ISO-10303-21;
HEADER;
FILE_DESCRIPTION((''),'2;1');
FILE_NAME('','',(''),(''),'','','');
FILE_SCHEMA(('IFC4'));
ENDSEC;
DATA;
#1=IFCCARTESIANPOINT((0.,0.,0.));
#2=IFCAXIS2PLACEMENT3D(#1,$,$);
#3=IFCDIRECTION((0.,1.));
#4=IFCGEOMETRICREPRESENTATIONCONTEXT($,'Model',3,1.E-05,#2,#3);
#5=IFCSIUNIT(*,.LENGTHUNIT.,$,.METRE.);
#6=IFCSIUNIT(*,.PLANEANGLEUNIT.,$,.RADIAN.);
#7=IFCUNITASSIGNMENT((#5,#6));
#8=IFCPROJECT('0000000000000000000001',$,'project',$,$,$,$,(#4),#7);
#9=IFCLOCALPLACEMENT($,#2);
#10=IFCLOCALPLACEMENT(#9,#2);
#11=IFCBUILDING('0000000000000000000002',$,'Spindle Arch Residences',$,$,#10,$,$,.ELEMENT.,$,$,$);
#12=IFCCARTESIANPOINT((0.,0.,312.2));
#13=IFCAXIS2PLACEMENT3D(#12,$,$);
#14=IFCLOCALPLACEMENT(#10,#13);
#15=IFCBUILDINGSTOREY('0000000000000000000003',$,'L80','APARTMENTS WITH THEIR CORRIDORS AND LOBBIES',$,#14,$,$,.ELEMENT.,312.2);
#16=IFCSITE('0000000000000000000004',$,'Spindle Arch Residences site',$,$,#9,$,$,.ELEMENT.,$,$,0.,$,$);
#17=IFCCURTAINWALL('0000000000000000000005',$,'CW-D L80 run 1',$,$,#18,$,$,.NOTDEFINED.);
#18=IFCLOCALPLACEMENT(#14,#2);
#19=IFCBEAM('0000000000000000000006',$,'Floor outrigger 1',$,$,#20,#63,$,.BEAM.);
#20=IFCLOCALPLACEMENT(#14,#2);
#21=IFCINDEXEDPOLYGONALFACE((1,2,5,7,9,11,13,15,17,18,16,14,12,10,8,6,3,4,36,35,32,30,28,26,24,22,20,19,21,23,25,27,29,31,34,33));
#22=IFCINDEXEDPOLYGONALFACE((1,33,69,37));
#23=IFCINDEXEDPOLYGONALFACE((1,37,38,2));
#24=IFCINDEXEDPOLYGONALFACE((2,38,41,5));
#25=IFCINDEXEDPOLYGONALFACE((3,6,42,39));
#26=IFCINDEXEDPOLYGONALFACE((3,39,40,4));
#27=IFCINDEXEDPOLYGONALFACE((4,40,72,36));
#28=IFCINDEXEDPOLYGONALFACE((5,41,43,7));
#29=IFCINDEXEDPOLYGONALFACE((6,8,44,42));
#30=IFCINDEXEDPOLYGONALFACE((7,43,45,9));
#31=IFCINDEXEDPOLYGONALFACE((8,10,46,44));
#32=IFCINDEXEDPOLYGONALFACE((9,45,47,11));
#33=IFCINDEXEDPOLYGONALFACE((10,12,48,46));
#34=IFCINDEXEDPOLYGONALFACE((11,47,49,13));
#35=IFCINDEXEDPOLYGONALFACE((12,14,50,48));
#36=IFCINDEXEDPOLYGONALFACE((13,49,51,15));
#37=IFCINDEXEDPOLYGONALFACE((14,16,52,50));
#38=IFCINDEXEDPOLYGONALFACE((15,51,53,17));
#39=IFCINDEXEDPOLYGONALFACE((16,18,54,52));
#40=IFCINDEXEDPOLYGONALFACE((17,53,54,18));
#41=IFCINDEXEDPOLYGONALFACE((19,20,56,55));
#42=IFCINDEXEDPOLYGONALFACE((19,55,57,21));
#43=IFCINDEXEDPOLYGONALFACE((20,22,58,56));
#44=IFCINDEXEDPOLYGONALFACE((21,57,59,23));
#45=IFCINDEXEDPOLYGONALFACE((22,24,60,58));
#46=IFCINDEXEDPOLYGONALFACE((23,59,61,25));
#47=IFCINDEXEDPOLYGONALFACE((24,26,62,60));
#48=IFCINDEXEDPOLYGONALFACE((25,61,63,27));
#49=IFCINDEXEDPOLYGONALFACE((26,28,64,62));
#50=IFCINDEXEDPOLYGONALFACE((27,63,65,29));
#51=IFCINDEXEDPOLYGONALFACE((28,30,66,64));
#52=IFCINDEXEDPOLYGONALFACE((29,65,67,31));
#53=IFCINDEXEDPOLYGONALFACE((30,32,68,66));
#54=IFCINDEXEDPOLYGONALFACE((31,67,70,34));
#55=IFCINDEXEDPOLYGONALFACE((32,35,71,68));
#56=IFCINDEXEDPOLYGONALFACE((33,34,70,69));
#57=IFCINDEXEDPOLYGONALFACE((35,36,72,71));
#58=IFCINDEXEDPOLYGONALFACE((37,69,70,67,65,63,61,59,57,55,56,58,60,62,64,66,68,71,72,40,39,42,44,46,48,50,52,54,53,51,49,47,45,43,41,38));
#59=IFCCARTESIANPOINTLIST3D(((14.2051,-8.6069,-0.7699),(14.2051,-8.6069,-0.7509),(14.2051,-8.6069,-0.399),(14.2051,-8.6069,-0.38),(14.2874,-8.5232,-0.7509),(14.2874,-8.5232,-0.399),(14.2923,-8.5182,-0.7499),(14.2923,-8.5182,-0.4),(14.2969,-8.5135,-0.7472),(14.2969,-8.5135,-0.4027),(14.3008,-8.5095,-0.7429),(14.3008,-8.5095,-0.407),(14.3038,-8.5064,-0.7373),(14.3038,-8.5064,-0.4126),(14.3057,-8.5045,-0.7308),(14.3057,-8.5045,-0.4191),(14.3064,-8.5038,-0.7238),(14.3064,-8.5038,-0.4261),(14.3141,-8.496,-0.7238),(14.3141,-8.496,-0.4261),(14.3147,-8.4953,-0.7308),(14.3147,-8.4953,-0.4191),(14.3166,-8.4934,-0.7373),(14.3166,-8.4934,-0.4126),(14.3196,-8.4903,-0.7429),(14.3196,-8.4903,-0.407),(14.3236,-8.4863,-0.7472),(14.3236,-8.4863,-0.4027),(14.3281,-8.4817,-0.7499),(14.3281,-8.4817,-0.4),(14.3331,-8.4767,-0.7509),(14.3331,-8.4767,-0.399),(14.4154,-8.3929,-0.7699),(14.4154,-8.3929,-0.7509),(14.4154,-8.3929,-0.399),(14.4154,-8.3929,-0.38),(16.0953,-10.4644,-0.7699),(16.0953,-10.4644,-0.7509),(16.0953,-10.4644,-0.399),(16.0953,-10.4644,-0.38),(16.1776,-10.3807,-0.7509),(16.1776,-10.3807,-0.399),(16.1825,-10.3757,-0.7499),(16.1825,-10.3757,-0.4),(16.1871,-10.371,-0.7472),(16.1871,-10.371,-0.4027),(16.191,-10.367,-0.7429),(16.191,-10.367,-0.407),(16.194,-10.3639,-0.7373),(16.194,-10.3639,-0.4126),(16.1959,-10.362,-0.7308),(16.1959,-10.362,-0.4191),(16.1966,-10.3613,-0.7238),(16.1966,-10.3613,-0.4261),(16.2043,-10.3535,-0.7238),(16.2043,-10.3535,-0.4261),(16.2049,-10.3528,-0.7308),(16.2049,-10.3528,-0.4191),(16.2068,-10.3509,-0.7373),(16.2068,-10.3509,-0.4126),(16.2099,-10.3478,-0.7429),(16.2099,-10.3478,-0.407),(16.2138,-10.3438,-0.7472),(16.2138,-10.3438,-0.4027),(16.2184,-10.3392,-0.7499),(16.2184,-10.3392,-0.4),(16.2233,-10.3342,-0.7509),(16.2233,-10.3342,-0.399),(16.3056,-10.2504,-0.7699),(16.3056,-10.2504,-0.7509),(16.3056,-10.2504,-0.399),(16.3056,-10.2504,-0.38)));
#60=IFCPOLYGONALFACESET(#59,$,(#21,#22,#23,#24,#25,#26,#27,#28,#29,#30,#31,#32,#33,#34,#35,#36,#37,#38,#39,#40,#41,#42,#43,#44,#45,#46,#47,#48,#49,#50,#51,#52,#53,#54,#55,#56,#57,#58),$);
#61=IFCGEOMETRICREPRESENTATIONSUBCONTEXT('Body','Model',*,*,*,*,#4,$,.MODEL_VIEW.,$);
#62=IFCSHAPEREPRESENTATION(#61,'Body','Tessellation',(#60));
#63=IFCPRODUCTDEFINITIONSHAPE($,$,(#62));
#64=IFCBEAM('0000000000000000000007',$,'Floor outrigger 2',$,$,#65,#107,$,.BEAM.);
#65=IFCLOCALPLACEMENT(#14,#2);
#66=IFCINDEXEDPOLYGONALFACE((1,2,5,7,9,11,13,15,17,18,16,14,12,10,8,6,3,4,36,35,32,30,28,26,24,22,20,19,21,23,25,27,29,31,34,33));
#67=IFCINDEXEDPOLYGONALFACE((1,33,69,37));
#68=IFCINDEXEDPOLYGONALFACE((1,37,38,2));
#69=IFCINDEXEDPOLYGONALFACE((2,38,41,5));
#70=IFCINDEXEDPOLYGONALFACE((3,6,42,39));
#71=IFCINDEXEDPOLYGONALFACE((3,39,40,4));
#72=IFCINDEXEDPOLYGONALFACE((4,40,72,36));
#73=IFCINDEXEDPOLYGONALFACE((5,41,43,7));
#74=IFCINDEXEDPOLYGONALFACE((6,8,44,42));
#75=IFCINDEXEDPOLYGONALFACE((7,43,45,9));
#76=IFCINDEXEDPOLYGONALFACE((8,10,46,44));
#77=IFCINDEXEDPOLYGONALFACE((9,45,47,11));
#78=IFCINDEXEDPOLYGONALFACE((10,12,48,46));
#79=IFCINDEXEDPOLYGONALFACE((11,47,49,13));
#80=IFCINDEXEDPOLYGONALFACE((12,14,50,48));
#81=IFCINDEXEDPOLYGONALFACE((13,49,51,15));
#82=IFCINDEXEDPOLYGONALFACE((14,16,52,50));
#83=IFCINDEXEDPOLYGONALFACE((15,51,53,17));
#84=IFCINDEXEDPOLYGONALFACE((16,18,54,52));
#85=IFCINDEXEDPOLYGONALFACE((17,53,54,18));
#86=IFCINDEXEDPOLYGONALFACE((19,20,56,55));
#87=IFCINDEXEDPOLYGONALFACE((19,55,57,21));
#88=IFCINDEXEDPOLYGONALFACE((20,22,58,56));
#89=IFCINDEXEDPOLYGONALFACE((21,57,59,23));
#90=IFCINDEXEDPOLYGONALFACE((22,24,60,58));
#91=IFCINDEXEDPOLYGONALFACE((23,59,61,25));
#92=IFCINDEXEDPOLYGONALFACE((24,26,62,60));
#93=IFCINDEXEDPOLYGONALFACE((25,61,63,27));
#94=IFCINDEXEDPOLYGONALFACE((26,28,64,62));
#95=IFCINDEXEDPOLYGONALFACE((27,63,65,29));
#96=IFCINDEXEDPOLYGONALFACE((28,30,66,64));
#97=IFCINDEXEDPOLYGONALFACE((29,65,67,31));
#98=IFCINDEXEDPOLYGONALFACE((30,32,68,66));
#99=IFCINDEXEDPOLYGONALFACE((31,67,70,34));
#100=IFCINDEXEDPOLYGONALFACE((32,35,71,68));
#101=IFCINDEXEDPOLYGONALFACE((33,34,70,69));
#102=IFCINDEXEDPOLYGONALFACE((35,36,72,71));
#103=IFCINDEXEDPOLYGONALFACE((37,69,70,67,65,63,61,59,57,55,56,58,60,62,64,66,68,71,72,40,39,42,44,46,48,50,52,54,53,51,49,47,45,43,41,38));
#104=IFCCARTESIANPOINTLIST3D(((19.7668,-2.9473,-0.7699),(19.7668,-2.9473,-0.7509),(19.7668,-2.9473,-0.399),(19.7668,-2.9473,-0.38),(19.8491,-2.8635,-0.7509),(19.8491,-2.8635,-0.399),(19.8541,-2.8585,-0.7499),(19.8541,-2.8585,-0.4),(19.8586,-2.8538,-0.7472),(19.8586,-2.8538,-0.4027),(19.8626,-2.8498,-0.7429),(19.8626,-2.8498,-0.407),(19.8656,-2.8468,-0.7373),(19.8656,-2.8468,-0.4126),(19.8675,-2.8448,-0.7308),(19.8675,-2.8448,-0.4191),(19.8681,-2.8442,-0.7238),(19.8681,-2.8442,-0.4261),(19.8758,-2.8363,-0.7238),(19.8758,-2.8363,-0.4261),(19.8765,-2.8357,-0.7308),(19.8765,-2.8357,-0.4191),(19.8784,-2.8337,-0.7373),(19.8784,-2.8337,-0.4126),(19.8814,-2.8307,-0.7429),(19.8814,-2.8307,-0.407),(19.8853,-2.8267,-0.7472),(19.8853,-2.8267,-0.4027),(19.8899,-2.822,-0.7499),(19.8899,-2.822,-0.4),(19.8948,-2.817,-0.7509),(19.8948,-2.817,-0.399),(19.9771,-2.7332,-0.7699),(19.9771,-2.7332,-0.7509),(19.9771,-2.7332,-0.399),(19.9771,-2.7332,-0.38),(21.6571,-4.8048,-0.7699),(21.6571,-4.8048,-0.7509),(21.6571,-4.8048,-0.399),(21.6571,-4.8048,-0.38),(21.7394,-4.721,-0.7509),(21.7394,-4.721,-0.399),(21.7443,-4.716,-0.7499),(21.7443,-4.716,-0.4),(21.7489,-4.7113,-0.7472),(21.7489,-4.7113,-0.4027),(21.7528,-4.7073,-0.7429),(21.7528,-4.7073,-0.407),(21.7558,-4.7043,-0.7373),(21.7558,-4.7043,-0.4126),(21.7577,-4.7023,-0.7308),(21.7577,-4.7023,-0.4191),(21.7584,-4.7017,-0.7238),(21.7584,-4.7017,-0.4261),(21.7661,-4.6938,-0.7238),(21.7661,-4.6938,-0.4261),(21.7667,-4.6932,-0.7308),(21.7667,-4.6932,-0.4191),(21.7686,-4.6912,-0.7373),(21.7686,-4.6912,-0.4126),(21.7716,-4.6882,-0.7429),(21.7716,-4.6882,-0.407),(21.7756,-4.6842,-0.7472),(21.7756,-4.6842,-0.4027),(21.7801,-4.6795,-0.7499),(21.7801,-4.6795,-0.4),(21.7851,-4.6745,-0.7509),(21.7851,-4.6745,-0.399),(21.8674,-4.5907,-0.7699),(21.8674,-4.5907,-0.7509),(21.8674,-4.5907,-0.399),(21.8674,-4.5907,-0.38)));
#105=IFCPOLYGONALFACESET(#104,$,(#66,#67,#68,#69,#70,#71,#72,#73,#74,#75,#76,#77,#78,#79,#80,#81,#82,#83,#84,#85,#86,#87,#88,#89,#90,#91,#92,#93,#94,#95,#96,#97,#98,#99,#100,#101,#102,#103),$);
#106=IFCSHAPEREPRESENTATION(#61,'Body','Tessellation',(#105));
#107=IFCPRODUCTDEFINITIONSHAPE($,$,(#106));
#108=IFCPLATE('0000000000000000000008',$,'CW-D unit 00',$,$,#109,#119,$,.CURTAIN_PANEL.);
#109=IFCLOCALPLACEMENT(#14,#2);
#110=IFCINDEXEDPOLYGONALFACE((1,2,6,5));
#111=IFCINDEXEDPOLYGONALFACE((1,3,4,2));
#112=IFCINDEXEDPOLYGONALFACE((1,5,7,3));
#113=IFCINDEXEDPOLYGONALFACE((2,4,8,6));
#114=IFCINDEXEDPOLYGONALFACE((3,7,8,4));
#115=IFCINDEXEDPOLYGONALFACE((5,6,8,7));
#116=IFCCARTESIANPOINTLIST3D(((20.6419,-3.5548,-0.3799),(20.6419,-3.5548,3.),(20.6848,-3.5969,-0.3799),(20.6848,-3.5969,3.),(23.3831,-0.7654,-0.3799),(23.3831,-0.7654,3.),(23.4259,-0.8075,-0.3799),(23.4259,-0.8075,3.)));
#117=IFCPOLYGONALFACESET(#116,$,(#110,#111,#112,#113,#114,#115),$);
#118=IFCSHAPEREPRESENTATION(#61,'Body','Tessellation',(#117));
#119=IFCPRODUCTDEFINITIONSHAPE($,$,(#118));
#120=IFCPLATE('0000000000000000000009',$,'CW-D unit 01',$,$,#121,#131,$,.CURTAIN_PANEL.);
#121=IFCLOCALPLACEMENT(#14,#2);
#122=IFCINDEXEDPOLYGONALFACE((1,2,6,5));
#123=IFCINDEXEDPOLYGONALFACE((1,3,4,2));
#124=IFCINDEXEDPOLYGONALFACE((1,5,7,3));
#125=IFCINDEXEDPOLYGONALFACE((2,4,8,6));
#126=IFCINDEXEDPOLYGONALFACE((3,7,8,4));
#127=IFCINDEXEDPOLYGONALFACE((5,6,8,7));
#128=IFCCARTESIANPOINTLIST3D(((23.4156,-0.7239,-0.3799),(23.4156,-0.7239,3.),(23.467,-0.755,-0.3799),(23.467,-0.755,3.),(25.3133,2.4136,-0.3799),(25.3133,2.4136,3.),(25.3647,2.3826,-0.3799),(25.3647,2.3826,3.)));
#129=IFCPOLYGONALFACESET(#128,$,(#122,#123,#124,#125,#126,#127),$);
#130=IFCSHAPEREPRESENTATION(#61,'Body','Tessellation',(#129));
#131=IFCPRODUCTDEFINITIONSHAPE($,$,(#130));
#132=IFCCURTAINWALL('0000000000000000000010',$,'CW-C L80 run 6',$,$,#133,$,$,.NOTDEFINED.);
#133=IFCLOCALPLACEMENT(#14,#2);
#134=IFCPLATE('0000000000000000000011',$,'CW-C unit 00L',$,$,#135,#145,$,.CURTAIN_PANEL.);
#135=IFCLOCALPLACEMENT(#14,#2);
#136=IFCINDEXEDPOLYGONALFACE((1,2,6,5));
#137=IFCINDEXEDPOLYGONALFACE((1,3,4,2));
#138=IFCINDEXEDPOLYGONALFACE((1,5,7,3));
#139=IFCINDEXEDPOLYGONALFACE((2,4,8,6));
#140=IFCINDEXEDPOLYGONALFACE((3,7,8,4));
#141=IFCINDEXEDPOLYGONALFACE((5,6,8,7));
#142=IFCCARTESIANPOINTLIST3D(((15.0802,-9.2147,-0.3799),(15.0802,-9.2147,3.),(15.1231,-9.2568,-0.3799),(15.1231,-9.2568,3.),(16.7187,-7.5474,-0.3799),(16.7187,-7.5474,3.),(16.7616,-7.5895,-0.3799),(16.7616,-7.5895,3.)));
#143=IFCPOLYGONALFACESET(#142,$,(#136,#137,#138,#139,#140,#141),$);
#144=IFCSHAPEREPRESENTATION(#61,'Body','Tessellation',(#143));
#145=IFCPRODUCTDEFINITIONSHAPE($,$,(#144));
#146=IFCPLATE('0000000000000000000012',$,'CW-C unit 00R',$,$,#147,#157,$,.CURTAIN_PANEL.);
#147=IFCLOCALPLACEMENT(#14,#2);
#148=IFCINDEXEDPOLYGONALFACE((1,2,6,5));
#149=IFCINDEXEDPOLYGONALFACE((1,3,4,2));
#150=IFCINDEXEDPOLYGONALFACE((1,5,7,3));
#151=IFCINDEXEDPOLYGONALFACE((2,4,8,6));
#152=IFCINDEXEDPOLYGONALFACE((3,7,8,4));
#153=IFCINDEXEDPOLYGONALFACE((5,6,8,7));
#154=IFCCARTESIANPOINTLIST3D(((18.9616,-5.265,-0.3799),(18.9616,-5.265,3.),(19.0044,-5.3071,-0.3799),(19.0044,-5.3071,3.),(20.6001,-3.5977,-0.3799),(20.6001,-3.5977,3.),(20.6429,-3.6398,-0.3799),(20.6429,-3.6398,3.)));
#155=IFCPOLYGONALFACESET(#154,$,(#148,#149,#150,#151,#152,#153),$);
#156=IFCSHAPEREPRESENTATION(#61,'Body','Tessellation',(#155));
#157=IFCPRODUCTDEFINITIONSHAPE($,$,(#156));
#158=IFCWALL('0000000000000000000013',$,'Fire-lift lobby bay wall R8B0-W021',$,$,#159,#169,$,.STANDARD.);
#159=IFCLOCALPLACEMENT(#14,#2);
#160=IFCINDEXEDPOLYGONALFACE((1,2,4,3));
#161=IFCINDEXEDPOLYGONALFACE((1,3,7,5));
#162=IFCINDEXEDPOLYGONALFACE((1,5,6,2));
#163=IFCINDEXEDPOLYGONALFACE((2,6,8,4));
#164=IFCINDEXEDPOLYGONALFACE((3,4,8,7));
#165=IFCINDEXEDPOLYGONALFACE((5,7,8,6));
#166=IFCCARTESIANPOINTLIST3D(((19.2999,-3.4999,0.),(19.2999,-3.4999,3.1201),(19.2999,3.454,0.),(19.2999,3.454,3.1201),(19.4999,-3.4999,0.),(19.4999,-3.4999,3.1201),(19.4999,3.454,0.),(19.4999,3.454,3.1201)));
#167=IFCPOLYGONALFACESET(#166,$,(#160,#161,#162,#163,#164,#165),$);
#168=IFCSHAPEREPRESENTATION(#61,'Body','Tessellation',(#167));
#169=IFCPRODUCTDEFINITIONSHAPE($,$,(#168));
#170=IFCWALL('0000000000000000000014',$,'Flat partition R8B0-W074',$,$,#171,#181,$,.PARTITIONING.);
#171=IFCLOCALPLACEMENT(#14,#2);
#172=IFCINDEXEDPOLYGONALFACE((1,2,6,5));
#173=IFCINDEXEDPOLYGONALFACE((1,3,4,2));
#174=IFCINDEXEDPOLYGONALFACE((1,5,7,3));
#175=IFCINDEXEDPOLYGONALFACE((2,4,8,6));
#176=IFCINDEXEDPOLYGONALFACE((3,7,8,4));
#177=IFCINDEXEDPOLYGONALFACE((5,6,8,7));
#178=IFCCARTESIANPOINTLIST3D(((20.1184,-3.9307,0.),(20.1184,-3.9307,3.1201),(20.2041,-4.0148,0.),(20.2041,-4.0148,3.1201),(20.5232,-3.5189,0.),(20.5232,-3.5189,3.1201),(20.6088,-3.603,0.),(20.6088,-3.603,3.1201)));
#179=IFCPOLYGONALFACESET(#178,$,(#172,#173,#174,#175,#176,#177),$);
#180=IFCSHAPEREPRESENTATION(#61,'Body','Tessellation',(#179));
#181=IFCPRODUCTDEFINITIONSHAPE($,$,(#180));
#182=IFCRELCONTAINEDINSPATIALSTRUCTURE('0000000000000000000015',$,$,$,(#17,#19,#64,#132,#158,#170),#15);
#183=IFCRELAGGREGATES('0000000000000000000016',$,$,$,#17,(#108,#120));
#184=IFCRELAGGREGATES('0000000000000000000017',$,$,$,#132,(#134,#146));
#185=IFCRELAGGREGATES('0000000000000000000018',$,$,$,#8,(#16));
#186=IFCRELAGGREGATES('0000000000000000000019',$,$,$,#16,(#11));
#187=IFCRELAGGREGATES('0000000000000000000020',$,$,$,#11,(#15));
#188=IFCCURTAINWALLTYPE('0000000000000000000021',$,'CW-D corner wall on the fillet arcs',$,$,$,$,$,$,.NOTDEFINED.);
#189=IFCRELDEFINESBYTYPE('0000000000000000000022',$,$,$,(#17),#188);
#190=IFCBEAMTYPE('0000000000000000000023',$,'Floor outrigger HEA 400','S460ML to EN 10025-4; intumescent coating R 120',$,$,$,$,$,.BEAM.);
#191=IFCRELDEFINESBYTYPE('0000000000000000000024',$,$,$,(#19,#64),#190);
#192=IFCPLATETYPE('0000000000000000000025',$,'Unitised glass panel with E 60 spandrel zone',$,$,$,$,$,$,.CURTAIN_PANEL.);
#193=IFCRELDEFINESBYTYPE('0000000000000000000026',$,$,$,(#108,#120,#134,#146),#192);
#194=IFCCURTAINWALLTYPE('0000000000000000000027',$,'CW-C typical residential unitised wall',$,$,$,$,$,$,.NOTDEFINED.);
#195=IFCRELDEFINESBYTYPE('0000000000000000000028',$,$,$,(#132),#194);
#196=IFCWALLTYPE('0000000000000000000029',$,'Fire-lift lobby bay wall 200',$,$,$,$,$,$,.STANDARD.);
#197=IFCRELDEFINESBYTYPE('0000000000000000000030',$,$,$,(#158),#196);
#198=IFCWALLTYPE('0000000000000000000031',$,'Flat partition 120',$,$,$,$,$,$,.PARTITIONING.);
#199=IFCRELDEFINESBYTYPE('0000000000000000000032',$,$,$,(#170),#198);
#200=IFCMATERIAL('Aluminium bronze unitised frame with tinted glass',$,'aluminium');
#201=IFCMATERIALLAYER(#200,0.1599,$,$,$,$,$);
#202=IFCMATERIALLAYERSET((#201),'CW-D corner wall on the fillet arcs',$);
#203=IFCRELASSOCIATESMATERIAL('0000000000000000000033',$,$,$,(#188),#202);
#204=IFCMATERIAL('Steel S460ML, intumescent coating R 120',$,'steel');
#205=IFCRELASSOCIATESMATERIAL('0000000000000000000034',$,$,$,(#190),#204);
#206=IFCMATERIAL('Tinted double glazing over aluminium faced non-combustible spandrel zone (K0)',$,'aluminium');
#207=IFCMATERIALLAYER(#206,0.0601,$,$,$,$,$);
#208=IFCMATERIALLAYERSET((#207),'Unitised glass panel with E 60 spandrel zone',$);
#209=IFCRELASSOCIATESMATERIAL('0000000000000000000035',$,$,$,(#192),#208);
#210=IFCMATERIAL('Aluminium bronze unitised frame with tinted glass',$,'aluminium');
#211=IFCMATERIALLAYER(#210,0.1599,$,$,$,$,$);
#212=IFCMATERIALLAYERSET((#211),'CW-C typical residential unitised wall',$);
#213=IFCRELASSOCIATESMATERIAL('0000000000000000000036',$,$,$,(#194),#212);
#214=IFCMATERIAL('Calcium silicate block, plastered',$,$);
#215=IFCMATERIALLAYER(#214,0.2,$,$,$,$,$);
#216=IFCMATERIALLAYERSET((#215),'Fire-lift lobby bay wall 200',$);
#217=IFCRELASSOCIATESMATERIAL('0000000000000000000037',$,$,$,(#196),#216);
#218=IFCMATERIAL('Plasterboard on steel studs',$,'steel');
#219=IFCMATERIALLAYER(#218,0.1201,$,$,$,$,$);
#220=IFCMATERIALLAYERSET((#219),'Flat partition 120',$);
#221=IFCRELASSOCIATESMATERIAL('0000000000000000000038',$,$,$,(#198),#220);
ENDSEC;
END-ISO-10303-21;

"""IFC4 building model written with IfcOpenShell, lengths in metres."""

from ifc_helpers import new_model, si_unit, direction, frame, frame_2d, origin, origin_2d, place, context, subcontext, project, spatial, rectangle, i_section, extrude, material, layer, layer_set, material_profile, profile_set, type_object, element, aggregate, save


model = new_model("IFC4")

# Units and contexts
model_context = context("Model", 3, precision=1e-05, world=origin(), true_north=direction((0.0, 1.0)))
body_context = subcontext(model_context, "Body", "Model", "MODEL_VIEW")
ifc_project = project(units=[si_unit("LENGTHUNIT", "METRE"), si_unit("PLANEANGLEUNIT", "RADIAN")], contexts=[model_context])

# Site, building, storey
site_placement = place(None, origin())
site = spatial("IfcSite", under=ifc_project, at=site_placement, Name="Spindle Arch Residences site", CompositionType="ELEMENT", RefElevation=0.0)
building_placement = place(site_placement, origin())
building = spatial("IfcBuilding", under=site, at=building_placement, Name="Spindle Arch Residences", CompositionType="ELEMENT")
storey_placement = place(building_placement, frame((0.0, 0.0, 312.2)))
storey = spatial("IfcBuildingStorey", under=building, at=storey_placement, Name="L80", Description="APARTMENTS WITH THEIR CORRIDORS AND LOBBIES", CompositionType="ELEMENT", Elevation=312.2)

# Curtain wall
ifc_material_1 = material(Name="Aluminium bronze unitised frame with tinted glass", Category="aluminium")
ifc_layer_1 = layer(ifc_material_1, 0.1599)
ifc_layer_set_1 = layer_set([ifc_layer_1], Name="CW-D corner wall on the fillet arcs")
curtain_wall_type_1 = type_object("IfcCurtainWallType", Name="CW-D corner wall on the fillet arcs", PredefinedType="NOTDEFINED", material=ifc_layer_set_1)
curtain_wall_1_placement = place(storey_placement, origin())
curtain_wall_1 = element("IfcCurtainWall", 1, at=curtain_wall_1_placement, inside=storey, type_object=curtain_wall_type_1, Name="CW-D L80 run 1", PredefinedType="NOTDEFINED")

# Beams
ifc_material_2 = material(Name="Steel S460ML, intumescent coating R 120", Category="steel")
ifc_material_profile_1 = material_profile(ifc_material_2, i_section(OverallWidth=0.3, OverallDepth=0.3899, WebThickness=0.011, FlangeThickness=0.019, FilletRadius=0.0271, at=origin_2d()), Name="HEA 400")
ifc_profile_set_1 = profile_set([ifc_material_profile_1], Name="Steel S460ML, intumescent coating R 120")
beam_type_1 = type_object("IfcBeamType", Name="Floor outrigger HEA 400", Description="S460ML to EN 10025-4; intumescent coating R 120", PredefinedType="BEAM", material=ifc_profile_set_1)
for number, where, z_axis, x_axis, name in (
    (2, (16.2004, -10.3574, -0.575), (-0.713252, 0.700907, 0.0), (-0.700907, -0.713252, 0.0), "Floor outrigger 1"),
    (3, (21.7622, -4.6978, -0.575), (-0.713252, 0.700907, 0.0), (-0.700907, -0.713252, 0.0), "Floor outrigger 2"),
):
    element("IfcBeam", number, at=place(storey_placement, frame(where, z_axis=z_axis, x_axis=x_axis)), inside=storey, type_object=beam_type_1, Name=name, PredefinedType="BEAM", context=body_context, shape_type="SweptSolid", body=[
        extrude(i_section(OverallWidth=0.3, OverallDepth=0.3899, WebThickness=0.011, FlangeThickness=0.019, FilletRadius=0.0271, at=origin_2d()), origin(), (0.0, 0.0, 1.0), 2.6501),
    ])

# Plates
ifc_material_3 = material(Name="Tinted double glazing over aluminium faced non-combustible spandrel zone (K0)", Category="aluminium")
ifc_layer_2 = layer(ifc_material_3, 0.0601)
ifc_layer_set_2 = layer_set([ifc_layer_2], Name="Unitised glass panel with E 60 spandrel zone")
plate_type = type_object("IfcPlateType", Name="Unitised glass panel with E 60 spandrel zone", PredefinedType="CURTAIN_PANEL", material=ifc_layer_set_2)
plate_1_placement = place(storey_placement, frame((22.0339, -2.1812, -0.3799), z_axis=(0.0, 0.0, 1.0), x_axis=(0.700909, 0.71325, 0.0)))
plate_1 = element("IfcPlate", 4, at=plate_1_placement, type_object=plate_type, Name="CW-D unit 00", PredefinedType="CURTAIN_PANEL", context=body_context, shape_type="SweptSolid", body=[
    extrude(rectangle(XDim=3.9109, YDim=0.0601, at=origin_2d()), origin(), (0.0, 0.0, 1.0), 3.3799),
])
plate_2_placement = place(storey_placement, frame((24.3901, 0.8293, -0.3799), z_axis=(0.0, 0.0, 1.0), x_axis=(0.517529, 0.855665, 0.0)))
plate_2 = element("IfcPlate", 5, at=plate_2_placement, type_object=plate_type, Name="CW-D unit 01", PredefinedType="CURTAIN_PANEL", context=body_context, shape_type="SweptSolid", body=[
    extrude(rectangle(XDim=3.6667, YDim=0.0601, at=origin_2d()), origin(), (0.0, 0.0, 1.0), 3.3799),
])
aggregate(curtain_wall_1, [plate_1, plate_2])

# Curtain wall, plates
ifc_material_4 = material(Name="Aluminium bronze unitised frame with tinted glass", Category="aluminium")
ifc_layer_3 = layer(ifc_material_4, 0.1599)
ifc_layer_set_3 = layer_set([ifc_layer_3], Name="CW-C typical residential unitised wall")
curtain_wall_type_2 = type_object("IfcCurtainWallType", Name="CW-C typical residential unitised wall", PredefinedType="NOTDEFINED", material=ifc_layer_set_3)
curtain_wall_2_placement = place(storey_placement, origin())
curtain_wall_2 = element("IfcCurtainWall", 6, at=curtain_wall_2_placement, inside=storey, type_object=curtain_wall_type_2, Name="CW-C L80 run 6", PredefinedType="NOTDEFINED")
plate_3_placement = place(storey_placement, frame((15.9209, -8.4021, -0.3799), z_axis=(0.0, 0.0, 1.0), x_axis=(0.700909, 0.71325, 0.0)))
plate_3 = element("IfcPlate", 7, at=plate_3_placement, type_object=plate_type, Name="CW-C unit 00L", PredefinedType="CURTAIN_PANEL", context=body_context, shape_type="SweptSolid", body=[
    extrude(rectangle(XDim=2.3376, YDim=0.0601, at=origin_2d()), origin(), (0.0, 0.0, 1.0), 3.3799),
])
plate_4_placement = place(storey_placement, frame((19.8022, -4.4524, -0.3799), z_axis=(0.0, 0.0, 1.0), x_axis=(0.700909, 0.71325, 0.0)))
plate_4 = element("IfcPlate", 8, at=plate_4_placement, type_object=plate_type, Name="CW-C unit 00R", PredefinedType="CURTAIN_PANEL", context=body_context, shape_type="SweptSolid", body=[
    extrude(rectangle(XDim=2.3376, YDim=0.0601, at=origin_2d()), origin(), (0.0, 0.0, 1.0), 3.3799),
])
aggregate(curtain_wall_2, [plate_3, plate_4])

# Walls
ifc_material_5 = material(Name="Calcium silicate block, plastered")
ifc_layer_4 = layer(ifc_material_5, 0.2)
ifc_layer_set_4 = layer_set([ifc_layer_4], Name="Fire-lift lobby bay wall 200")
wall_type_1 = type_object("IfcWallType", Name="Fire-lift lobby bay wall 200", PredefinedType="STANDARD", material=ifc_layer_set_4)
wall_1_placement = place(storey_placement, frame((19.3999, -3.5, 0.0), z_axis=(0.0, 0.0, 1.0), x_axis=(0.0, 1.0, 0.0)))
element("IfcWall", 9, at=wall_1_placement, inside=storey, type_object=wall_type_1, Name="Fire-lift lobby bay wall R8B0-W021", PredefinedType="STANDARD", context=body_context, shape_type="SweptSolid", body=[
    extrude(rectangle(XDim=6.9539, YDim=0.2, at=frame_2d((3.4771, 0.0))), origin(), (0.0, 0.0, 1.0), 3.1201),
])
ifc_material_6 = material(Name="Plasterboard on steel studs", Category="steel")
ifc_layer_5 = layer(ifc_material_6, 0.1201)
ifc_layer_set_5 = layer_set([ifc_layer_5], Name="Flat partition 120")
wall_type_2 = type_object("IfcWallType", Name="Flat partition 120", PredefinedType="PARTITIONING", material=ifc_layer_set_5)
wall_2_placement = place(storey_placement, frame((20.5659, -3.561, 0.0), z_axis=(0.0, 0.0, 1.0), x_axis=(-0.70095, -0.71321, 0.0)))
element("IfcWall", 10, at=wall_2_placement, inside=storey, type_object=wall_type_2, Name="Flat partition R8B0-W074", PredefinedType="PARTITIONING", context=body_context, shape_type="SweptSolid", body=[
    extrude(rectangle(XDim=0.5774, YDim=0.1201, at=frame_2d((0.2886, 0.0))), origin(), (0.0, 0.0, 1.0), 3.1201),
])

save(model, "model.ifc")
